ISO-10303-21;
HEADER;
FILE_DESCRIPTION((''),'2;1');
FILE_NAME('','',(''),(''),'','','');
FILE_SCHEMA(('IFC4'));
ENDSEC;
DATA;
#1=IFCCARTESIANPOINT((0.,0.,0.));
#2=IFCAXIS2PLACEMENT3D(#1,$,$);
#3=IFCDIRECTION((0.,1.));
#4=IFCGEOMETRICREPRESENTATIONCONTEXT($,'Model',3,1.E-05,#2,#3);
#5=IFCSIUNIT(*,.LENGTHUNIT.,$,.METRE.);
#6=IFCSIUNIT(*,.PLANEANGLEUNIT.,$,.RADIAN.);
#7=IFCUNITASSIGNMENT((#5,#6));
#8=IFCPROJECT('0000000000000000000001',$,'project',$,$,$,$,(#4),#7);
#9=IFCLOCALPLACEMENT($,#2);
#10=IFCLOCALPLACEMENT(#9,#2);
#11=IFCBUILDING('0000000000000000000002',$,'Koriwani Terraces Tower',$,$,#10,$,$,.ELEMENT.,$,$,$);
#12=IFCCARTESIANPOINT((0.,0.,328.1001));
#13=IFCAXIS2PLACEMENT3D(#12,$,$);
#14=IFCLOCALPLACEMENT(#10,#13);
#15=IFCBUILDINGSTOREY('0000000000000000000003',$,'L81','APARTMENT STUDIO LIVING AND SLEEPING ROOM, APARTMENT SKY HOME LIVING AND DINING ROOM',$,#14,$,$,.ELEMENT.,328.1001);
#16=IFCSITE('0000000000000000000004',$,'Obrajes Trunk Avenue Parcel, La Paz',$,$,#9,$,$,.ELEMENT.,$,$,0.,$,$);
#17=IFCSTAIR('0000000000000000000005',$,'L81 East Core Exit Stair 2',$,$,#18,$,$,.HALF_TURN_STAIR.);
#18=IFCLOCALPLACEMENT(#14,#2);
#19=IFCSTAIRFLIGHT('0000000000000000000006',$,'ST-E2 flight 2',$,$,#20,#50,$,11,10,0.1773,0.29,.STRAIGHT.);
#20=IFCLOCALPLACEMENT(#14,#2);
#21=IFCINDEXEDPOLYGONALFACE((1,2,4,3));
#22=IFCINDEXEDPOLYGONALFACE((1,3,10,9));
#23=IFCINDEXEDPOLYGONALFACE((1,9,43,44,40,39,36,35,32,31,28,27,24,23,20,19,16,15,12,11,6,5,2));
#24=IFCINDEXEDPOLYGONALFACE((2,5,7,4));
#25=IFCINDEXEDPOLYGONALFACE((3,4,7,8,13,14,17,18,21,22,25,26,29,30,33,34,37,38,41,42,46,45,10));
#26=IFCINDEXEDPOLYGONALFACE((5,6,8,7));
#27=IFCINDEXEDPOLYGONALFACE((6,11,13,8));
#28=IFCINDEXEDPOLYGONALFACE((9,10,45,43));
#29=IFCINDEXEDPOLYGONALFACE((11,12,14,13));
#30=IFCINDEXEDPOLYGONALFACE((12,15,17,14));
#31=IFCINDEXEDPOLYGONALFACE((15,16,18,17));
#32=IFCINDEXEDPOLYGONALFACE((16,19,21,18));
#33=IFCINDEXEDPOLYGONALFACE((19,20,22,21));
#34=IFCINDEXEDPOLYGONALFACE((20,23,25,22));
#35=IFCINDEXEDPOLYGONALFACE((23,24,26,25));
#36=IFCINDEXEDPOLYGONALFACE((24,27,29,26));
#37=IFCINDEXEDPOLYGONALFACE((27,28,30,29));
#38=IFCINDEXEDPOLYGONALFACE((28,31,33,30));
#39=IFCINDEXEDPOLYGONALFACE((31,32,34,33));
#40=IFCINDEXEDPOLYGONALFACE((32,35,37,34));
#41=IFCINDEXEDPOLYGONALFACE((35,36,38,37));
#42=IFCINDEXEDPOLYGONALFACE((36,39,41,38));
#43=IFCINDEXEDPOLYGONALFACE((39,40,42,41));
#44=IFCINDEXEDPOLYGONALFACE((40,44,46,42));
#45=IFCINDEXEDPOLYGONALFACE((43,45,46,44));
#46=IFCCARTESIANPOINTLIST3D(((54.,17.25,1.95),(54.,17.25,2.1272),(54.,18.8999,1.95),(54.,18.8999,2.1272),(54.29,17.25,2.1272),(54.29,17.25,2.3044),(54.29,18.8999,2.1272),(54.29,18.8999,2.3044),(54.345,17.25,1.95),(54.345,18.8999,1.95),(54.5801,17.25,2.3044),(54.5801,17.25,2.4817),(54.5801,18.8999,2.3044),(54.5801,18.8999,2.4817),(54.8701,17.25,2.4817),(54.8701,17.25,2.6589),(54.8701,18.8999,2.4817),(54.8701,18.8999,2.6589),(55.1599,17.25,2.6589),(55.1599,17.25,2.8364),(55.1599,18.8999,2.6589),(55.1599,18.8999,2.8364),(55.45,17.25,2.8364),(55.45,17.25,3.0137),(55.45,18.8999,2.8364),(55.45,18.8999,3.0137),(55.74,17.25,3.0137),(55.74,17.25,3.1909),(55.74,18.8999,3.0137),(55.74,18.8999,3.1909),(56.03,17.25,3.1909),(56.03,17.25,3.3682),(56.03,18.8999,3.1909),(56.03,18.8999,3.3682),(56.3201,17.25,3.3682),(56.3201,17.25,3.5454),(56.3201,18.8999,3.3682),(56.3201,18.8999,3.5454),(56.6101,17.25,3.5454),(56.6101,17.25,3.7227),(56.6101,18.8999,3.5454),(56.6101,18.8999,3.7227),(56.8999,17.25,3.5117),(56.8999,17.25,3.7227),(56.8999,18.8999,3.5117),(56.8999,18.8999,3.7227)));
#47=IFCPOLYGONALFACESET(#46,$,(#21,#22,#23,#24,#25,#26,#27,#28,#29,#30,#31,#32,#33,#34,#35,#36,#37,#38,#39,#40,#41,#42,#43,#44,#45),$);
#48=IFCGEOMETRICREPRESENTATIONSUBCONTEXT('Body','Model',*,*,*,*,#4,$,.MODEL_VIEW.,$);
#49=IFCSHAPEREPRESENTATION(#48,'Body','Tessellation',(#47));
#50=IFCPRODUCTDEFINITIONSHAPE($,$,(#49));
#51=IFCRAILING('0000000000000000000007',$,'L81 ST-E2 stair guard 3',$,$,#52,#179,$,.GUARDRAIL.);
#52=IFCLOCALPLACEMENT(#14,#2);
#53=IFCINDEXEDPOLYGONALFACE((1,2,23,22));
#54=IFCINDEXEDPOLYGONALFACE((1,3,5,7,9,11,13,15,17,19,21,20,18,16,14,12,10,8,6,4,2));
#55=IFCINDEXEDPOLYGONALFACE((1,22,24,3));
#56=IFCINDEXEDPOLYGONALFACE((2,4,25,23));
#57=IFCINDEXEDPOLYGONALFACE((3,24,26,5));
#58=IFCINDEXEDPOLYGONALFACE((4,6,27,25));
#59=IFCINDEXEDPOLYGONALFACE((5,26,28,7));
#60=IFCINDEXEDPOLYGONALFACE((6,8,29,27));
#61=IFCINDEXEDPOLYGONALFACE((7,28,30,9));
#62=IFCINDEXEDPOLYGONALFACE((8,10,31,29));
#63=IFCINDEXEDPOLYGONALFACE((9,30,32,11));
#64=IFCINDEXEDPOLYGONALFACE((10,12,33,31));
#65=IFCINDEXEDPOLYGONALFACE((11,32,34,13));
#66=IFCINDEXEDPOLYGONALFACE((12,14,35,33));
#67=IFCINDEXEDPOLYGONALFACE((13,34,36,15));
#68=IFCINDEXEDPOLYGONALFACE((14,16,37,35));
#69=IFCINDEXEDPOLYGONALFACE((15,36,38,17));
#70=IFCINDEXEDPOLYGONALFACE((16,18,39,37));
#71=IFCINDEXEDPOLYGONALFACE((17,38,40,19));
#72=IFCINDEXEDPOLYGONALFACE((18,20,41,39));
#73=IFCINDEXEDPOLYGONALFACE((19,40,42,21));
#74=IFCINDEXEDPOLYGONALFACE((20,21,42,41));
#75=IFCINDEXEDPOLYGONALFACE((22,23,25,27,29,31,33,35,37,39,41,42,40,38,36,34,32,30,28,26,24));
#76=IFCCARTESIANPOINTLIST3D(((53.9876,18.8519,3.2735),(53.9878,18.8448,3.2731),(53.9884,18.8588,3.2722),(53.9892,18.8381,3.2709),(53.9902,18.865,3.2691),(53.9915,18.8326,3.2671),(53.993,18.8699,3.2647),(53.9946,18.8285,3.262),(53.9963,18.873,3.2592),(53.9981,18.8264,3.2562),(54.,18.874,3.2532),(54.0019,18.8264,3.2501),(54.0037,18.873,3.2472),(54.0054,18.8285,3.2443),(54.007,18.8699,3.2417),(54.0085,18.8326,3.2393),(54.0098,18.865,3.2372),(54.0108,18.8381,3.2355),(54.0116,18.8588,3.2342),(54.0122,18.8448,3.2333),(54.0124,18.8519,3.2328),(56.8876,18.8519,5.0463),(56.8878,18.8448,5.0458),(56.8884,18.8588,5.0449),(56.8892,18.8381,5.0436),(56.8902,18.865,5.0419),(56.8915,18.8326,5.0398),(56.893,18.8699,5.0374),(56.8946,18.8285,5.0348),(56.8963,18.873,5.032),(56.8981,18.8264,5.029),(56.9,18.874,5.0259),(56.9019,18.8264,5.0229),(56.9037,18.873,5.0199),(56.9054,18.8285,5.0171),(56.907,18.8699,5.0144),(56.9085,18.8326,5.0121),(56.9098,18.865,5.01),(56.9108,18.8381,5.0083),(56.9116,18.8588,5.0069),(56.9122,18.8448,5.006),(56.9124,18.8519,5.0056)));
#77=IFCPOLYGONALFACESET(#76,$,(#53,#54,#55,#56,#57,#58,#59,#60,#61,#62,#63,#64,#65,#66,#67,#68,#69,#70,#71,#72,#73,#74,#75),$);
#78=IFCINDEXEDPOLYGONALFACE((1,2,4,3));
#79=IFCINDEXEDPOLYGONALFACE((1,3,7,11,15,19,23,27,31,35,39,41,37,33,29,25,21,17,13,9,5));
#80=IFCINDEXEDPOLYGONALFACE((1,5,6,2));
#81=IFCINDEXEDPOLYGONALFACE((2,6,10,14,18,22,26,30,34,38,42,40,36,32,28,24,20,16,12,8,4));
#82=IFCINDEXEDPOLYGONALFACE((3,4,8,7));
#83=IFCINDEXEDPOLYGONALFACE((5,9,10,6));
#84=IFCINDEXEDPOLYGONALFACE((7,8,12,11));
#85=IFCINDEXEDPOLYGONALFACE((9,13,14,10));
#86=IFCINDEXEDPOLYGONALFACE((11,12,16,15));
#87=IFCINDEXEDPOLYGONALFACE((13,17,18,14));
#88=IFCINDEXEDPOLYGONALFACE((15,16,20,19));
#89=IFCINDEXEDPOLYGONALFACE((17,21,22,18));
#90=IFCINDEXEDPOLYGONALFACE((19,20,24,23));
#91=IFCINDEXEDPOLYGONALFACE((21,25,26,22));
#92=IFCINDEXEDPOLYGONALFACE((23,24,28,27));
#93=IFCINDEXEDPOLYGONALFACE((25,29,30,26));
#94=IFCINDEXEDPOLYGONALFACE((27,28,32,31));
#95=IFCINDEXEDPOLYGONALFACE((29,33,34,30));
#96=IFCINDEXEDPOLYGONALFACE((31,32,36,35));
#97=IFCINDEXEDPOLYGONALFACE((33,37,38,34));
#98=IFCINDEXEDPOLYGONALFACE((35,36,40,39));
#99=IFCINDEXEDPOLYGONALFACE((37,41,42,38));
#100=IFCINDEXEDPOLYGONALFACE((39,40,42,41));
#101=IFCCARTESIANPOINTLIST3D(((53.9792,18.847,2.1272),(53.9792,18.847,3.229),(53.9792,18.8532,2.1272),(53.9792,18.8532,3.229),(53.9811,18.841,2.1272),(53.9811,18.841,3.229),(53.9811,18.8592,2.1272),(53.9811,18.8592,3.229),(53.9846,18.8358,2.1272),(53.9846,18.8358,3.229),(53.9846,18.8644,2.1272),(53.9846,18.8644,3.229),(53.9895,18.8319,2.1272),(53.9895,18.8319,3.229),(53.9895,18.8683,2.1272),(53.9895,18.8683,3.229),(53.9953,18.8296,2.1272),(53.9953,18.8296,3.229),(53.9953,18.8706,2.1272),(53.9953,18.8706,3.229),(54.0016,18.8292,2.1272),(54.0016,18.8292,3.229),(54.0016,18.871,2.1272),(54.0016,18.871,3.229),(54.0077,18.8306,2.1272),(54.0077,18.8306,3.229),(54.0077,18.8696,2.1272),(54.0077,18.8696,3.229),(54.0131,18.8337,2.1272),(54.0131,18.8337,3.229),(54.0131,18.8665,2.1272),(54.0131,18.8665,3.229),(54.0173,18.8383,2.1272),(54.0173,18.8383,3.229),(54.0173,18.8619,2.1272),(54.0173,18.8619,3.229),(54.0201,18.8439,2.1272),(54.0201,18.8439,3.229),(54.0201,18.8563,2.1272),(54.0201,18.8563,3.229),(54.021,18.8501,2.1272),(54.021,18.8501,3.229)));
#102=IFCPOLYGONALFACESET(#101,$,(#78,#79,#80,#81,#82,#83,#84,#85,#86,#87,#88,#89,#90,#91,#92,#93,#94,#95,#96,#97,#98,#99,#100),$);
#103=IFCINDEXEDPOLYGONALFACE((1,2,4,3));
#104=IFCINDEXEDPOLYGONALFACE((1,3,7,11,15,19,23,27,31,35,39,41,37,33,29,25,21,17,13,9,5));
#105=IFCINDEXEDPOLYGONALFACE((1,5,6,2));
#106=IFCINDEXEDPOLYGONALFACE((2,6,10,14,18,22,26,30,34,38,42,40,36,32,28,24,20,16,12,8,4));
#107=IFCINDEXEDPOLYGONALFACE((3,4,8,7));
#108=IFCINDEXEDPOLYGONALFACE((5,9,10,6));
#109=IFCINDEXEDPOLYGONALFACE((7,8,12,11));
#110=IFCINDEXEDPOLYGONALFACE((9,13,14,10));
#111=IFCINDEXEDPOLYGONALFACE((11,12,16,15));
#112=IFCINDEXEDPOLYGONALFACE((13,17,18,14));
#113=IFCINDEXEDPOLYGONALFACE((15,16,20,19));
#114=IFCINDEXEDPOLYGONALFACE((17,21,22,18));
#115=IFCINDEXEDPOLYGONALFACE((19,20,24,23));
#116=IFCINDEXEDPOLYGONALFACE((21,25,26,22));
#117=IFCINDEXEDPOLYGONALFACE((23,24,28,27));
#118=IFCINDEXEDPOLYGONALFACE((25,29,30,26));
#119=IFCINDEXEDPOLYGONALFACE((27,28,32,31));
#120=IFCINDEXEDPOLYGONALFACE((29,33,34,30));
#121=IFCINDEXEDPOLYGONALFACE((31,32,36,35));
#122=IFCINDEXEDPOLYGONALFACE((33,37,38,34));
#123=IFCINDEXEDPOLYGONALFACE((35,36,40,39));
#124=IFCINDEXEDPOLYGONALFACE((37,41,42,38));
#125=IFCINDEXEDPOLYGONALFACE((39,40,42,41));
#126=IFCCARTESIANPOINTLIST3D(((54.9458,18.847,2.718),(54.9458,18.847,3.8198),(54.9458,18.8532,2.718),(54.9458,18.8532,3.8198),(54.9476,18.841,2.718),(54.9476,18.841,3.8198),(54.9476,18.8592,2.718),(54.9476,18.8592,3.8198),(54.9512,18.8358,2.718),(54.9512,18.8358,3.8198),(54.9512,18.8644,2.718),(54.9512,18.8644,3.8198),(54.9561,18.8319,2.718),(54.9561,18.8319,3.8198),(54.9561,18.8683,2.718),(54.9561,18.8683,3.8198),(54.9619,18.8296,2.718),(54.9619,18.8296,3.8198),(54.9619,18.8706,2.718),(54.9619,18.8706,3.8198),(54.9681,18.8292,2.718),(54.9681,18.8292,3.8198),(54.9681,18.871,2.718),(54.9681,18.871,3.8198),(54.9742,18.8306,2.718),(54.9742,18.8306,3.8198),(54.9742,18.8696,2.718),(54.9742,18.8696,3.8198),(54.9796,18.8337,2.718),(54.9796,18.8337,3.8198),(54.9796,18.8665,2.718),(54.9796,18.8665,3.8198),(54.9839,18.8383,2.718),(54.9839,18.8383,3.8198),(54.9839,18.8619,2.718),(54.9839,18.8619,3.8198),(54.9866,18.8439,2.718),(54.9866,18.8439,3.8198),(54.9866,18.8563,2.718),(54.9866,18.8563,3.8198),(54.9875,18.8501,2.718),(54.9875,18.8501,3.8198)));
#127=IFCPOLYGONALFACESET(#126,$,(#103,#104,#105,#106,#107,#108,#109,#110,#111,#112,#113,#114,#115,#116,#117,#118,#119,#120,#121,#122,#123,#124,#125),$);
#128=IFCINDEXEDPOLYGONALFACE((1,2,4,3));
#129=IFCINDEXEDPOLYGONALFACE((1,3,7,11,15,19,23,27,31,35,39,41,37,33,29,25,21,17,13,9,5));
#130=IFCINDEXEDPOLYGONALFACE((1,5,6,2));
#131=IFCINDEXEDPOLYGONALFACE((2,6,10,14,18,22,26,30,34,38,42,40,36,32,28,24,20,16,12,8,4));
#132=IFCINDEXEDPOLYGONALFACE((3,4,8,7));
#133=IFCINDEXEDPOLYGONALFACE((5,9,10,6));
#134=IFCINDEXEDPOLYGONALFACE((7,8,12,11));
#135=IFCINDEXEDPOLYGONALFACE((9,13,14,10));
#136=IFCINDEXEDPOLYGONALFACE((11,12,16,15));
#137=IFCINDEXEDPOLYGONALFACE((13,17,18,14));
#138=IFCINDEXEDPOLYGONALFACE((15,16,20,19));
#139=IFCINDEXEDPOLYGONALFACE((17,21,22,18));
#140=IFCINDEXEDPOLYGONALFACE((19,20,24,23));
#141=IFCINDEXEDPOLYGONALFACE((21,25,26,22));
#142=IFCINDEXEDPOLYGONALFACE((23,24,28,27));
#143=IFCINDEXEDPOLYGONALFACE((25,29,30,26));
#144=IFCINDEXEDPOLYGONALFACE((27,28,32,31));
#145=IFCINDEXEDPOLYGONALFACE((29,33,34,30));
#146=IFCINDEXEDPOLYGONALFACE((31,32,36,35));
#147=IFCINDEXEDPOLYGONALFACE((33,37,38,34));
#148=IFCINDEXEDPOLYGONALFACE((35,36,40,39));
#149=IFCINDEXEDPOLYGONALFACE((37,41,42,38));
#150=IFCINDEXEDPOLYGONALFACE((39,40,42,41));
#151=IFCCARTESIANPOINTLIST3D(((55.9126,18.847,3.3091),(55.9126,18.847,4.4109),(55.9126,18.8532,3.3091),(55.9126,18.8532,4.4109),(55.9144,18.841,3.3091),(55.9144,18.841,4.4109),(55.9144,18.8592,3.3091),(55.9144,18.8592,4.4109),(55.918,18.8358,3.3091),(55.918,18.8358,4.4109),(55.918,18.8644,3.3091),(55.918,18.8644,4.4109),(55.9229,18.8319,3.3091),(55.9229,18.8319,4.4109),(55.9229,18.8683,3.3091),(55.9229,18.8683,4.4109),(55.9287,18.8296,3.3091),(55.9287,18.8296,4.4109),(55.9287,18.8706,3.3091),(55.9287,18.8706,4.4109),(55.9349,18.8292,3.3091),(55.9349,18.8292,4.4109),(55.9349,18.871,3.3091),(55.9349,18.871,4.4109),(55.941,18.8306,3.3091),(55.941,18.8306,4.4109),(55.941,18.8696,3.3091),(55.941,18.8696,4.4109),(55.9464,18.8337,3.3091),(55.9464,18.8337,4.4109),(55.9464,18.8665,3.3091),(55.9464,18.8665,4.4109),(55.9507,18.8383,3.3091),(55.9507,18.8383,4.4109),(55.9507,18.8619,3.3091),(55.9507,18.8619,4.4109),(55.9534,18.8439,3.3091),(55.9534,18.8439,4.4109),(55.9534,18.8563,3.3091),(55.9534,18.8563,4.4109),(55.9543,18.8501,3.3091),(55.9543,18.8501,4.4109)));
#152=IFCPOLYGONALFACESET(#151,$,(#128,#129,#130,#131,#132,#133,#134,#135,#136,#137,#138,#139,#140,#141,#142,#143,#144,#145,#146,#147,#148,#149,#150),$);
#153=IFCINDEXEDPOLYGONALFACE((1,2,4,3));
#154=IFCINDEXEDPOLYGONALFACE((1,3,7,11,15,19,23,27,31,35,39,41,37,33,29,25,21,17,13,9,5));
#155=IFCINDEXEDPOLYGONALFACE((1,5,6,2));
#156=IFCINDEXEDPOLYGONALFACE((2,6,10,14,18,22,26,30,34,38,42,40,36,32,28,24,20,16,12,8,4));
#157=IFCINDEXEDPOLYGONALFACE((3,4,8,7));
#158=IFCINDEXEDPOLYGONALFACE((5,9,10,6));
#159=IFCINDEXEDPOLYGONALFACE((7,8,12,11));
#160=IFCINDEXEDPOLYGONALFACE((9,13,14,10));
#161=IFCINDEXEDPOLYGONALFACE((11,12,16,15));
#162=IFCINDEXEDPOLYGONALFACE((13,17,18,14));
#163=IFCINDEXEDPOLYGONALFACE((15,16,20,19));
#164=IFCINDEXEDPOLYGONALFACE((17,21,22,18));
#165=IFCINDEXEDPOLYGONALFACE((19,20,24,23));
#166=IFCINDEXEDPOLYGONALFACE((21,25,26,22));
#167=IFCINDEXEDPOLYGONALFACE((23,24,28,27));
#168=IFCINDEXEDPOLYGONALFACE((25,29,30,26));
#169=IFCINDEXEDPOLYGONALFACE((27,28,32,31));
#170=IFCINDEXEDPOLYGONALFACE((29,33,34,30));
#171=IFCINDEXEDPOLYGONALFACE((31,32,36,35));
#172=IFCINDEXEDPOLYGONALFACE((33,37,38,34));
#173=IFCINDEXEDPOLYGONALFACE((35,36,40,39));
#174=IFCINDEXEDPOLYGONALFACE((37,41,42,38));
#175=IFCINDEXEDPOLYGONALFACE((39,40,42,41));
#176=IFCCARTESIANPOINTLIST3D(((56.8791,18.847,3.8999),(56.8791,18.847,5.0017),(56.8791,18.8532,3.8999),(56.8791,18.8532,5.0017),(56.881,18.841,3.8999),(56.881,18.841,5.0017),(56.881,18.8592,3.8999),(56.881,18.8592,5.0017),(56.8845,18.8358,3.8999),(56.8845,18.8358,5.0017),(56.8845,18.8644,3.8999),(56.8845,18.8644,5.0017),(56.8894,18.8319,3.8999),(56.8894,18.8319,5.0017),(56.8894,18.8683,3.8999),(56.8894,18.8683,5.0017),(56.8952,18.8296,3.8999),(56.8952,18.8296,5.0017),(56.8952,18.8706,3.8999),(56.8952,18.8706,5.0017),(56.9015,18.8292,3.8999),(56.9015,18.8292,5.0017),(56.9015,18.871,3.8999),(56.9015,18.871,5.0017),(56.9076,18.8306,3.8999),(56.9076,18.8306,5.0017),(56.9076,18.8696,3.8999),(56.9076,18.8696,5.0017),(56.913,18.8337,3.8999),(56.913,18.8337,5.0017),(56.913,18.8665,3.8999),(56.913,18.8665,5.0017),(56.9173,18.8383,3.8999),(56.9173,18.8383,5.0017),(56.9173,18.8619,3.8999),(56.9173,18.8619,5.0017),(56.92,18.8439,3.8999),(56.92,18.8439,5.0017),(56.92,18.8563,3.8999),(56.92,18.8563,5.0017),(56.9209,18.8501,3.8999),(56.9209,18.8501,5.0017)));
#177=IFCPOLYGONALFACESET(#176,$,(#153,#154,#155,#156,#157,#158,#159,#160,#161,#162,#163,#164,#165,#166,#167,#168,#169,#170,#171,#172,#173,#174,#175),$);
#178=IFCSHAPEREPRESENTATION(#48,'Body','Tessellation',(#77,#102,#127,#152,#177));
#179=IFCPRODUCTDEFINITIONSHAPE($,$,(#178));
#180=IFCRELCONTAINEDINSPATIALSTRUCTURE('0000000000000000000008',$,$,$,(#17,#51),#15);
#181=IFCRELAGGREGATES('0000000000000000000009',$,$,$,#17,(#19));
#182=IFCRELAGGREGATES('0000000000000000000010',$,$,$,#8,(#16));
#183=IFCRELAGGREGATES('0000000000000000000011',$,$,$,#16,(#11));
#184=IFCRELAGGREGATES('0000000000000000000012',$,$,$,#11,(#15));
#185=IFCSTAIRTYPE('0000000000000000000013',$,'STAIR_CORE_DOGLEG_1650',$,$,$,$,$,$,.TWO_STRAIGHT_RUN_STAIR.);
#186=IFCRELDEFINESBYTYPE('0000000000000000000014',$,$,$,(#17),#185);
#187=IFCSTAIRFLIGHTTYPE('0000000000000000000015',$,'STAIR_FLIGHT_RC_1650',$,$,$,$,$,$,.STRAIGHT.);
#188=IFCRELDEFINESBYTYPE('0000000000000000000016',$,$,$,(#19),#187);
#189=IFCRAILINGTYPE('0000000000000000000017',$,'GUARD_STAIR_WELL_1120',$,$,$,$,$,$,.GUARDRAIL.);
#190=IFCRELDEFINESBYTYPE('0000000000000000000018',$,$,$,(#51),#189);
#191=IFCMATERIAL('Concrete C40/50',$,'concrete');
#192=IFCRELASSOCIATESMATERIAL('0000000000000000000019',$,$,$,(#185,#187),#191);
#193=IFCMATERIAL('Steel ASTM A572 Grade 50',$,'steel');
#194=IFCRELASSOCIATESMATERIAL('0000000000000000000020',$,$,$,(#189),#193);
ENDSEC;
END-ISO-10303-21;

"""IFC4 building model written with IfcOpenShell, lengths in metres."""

from ifc_helpers import new_model, si_unit, direction, frame, origin, origin_2d, place, context, subcontext, project, spatial, polyline, circle, outline, extrude, material, type_object, element, aggregate, save


model = new_model("IFC4")

# Units and contexts
model_context = context("Model", 3, precision=1e-05, world=origin(), true_north=direction((0.0, 1.0)))
body_context = subcontext(model_context, "Body", "Model", "MODEL_VIEW")
ifc_project = project(units=[si_unit("LENGTHUNIT", "METRE"), si_unit("PLANEANGLEUNIT", "RADIAN")], contexts=[model_context])

# Site, building, storey
site_placement = place(None, origin())
site = spatial("IfcSite", under=ifc_project, at=site_placement, Name="Obrajes Trunk Avenue Parcel, La Paz", CompositionType="ELEMENT", RefElevation=0.0)
building_placement = place(site_placement, origin())
building = spatial("IfcBuilding", under=site, at=building_placement, Name="Koriwani Terraces Tower", CompositionType="ELEMENT")
storey_placement = place(building_placement, frame((0.0, 0.0, 328.1001)))
storey = spatial("IfcBuildingStorey", under=building, at=storey_placement, Name="L81", Description="APARTMENT STUDIO LIVING AND SLEEPING ROOM, APARTMENT SKY HOME LIVING AND DINING ROOM", CompositionType="ELEMENT", Elevation=328.1001)

# Shared definitions
ifc_material_1 = material(Name="Concrete C40/50", Category="concrete")
ifc_material_2 = material(Name="Steel ASTM A572 Grade 50", Category="steel")

# Stair, stair flight
stair_type = type_object("IfcStairType", Name="STAIR_CORE_DOGLEG_1650", PredefinedType="TWO_STRAIGHT_RUN_STAIR", material=ifc_material_1)
stair_placement = place(storey_placement, origin())
stair = element("IfcStair", 1, at=stair_placement, inside=storey, type_object=stair_type, Name="L81 East Core Exit Stair 2", PredefinedType="HALF_TURN_STAIR")
stair_flight_type = type_object("IfcStairFlightType", Name="STAIR_FLIGHT_RC_1650", PredefinedType="STRAIGHT", material=ifc_material_1)
stair_flight_placement = place(storey_placement, frame((54.0, 18.075, 1.95), z_axis=(0.0, 0.0, 1.0), x_axis=(1.0, 0.0, 0.0)))
stair_flight = element("IfcStairFlight", 2, at=stair_flight_placement, type_object=stair_flight_type, Name="ST-E2 flight 2", NumberOfRisers=11, NumberOfTreads=10, PredefinedType="STRAIGHT", RiserHeight=0.1773, TreadLength=0.29, context=body_context, shape_type="SweptSolid", body=[
    extrude(outline(polyline([(0.0, 0.0), (0.0, 0.1772), (0.29, 0.1772), (0.29, 0.3545), (0.5801, 0.3545), (0.5801, 0.5317), (0.8701, 0.5317), (0.8701, 0.709), (1.1599, 0.709), (1.1599, 0.8865), (1.45, 0.8865), (1.45, 1.0637), (1.74, 1.0637), (1.74, 1.241), (2.03, 1.241), (2.03, 1.4182), (2.3201, 1.4182), (2.3201, 1.5955), (2.6101, 1.5955), (2.6101, 1.7727), (2.8999, 1.7727), (2.8999, 1.95), (2.8999, 1.5618), (0.345, 0.0), (0.0, 0.0)])), frame((0.0, 0.825, 0.0), z_axis=(0.0, -1.0, 0.0), x_axis=(1.0, 0.0, 0.0)), (0.0, 0.0, 1.0), 1.6499),
])
aggregate(stair, [stair_flight])

# Railing
railing_type_1 = type_object("IfcRailingType", Name="GUARD_STAIR_WELL_1120", PredefinedType="GUARDRAIL", material=ifc_material_2)
railing_1_placement = place(storey_placement, frame((54.0, 18.8501, 2.1272)))
element("IfcRailing", 3, at=railing_1_placement, inside=storey, type_object=railing_type_1, Name="L81 ST-E2 stair guard 3", PredefinedType="GUARDRAIL", context=body_context, shape_type="SweptSolid", body=[
    extrude(circle(Radius=0.0239, at=origin_2d()), frame((0.0, 0.0, 1.126), z_axis=(0.853211, 0.0, 0.521566), x_axis=(0.0, 1.0, 0.0)), (0.0, 0.0, 1.0), 3.3989),
    extrude(circle(Radius=0.021, at=origin_2d()), origin(), (0.0, 0.0, 1.0), 1.1018),
    extrude(circle(Radius=0.021, at=origin_2d()), frame((0.9666, 0.0, 0.5908)), (0.0, 0.0, 1.0), 1.1018),
    extrude(circle(Radius=0.021, at=origin_2d()), frame((1.9333, 0.0, 1.1819)), (0.0, 0.0, 1.0), 1.1018),
    extrude(circle(Radius=0.021, at=origin_2d()), frame((2.8999, 0.0, 1.7727)), (0.0, 0.0, 1.0), 1.1018),
])

save(model, "model.ifc")
